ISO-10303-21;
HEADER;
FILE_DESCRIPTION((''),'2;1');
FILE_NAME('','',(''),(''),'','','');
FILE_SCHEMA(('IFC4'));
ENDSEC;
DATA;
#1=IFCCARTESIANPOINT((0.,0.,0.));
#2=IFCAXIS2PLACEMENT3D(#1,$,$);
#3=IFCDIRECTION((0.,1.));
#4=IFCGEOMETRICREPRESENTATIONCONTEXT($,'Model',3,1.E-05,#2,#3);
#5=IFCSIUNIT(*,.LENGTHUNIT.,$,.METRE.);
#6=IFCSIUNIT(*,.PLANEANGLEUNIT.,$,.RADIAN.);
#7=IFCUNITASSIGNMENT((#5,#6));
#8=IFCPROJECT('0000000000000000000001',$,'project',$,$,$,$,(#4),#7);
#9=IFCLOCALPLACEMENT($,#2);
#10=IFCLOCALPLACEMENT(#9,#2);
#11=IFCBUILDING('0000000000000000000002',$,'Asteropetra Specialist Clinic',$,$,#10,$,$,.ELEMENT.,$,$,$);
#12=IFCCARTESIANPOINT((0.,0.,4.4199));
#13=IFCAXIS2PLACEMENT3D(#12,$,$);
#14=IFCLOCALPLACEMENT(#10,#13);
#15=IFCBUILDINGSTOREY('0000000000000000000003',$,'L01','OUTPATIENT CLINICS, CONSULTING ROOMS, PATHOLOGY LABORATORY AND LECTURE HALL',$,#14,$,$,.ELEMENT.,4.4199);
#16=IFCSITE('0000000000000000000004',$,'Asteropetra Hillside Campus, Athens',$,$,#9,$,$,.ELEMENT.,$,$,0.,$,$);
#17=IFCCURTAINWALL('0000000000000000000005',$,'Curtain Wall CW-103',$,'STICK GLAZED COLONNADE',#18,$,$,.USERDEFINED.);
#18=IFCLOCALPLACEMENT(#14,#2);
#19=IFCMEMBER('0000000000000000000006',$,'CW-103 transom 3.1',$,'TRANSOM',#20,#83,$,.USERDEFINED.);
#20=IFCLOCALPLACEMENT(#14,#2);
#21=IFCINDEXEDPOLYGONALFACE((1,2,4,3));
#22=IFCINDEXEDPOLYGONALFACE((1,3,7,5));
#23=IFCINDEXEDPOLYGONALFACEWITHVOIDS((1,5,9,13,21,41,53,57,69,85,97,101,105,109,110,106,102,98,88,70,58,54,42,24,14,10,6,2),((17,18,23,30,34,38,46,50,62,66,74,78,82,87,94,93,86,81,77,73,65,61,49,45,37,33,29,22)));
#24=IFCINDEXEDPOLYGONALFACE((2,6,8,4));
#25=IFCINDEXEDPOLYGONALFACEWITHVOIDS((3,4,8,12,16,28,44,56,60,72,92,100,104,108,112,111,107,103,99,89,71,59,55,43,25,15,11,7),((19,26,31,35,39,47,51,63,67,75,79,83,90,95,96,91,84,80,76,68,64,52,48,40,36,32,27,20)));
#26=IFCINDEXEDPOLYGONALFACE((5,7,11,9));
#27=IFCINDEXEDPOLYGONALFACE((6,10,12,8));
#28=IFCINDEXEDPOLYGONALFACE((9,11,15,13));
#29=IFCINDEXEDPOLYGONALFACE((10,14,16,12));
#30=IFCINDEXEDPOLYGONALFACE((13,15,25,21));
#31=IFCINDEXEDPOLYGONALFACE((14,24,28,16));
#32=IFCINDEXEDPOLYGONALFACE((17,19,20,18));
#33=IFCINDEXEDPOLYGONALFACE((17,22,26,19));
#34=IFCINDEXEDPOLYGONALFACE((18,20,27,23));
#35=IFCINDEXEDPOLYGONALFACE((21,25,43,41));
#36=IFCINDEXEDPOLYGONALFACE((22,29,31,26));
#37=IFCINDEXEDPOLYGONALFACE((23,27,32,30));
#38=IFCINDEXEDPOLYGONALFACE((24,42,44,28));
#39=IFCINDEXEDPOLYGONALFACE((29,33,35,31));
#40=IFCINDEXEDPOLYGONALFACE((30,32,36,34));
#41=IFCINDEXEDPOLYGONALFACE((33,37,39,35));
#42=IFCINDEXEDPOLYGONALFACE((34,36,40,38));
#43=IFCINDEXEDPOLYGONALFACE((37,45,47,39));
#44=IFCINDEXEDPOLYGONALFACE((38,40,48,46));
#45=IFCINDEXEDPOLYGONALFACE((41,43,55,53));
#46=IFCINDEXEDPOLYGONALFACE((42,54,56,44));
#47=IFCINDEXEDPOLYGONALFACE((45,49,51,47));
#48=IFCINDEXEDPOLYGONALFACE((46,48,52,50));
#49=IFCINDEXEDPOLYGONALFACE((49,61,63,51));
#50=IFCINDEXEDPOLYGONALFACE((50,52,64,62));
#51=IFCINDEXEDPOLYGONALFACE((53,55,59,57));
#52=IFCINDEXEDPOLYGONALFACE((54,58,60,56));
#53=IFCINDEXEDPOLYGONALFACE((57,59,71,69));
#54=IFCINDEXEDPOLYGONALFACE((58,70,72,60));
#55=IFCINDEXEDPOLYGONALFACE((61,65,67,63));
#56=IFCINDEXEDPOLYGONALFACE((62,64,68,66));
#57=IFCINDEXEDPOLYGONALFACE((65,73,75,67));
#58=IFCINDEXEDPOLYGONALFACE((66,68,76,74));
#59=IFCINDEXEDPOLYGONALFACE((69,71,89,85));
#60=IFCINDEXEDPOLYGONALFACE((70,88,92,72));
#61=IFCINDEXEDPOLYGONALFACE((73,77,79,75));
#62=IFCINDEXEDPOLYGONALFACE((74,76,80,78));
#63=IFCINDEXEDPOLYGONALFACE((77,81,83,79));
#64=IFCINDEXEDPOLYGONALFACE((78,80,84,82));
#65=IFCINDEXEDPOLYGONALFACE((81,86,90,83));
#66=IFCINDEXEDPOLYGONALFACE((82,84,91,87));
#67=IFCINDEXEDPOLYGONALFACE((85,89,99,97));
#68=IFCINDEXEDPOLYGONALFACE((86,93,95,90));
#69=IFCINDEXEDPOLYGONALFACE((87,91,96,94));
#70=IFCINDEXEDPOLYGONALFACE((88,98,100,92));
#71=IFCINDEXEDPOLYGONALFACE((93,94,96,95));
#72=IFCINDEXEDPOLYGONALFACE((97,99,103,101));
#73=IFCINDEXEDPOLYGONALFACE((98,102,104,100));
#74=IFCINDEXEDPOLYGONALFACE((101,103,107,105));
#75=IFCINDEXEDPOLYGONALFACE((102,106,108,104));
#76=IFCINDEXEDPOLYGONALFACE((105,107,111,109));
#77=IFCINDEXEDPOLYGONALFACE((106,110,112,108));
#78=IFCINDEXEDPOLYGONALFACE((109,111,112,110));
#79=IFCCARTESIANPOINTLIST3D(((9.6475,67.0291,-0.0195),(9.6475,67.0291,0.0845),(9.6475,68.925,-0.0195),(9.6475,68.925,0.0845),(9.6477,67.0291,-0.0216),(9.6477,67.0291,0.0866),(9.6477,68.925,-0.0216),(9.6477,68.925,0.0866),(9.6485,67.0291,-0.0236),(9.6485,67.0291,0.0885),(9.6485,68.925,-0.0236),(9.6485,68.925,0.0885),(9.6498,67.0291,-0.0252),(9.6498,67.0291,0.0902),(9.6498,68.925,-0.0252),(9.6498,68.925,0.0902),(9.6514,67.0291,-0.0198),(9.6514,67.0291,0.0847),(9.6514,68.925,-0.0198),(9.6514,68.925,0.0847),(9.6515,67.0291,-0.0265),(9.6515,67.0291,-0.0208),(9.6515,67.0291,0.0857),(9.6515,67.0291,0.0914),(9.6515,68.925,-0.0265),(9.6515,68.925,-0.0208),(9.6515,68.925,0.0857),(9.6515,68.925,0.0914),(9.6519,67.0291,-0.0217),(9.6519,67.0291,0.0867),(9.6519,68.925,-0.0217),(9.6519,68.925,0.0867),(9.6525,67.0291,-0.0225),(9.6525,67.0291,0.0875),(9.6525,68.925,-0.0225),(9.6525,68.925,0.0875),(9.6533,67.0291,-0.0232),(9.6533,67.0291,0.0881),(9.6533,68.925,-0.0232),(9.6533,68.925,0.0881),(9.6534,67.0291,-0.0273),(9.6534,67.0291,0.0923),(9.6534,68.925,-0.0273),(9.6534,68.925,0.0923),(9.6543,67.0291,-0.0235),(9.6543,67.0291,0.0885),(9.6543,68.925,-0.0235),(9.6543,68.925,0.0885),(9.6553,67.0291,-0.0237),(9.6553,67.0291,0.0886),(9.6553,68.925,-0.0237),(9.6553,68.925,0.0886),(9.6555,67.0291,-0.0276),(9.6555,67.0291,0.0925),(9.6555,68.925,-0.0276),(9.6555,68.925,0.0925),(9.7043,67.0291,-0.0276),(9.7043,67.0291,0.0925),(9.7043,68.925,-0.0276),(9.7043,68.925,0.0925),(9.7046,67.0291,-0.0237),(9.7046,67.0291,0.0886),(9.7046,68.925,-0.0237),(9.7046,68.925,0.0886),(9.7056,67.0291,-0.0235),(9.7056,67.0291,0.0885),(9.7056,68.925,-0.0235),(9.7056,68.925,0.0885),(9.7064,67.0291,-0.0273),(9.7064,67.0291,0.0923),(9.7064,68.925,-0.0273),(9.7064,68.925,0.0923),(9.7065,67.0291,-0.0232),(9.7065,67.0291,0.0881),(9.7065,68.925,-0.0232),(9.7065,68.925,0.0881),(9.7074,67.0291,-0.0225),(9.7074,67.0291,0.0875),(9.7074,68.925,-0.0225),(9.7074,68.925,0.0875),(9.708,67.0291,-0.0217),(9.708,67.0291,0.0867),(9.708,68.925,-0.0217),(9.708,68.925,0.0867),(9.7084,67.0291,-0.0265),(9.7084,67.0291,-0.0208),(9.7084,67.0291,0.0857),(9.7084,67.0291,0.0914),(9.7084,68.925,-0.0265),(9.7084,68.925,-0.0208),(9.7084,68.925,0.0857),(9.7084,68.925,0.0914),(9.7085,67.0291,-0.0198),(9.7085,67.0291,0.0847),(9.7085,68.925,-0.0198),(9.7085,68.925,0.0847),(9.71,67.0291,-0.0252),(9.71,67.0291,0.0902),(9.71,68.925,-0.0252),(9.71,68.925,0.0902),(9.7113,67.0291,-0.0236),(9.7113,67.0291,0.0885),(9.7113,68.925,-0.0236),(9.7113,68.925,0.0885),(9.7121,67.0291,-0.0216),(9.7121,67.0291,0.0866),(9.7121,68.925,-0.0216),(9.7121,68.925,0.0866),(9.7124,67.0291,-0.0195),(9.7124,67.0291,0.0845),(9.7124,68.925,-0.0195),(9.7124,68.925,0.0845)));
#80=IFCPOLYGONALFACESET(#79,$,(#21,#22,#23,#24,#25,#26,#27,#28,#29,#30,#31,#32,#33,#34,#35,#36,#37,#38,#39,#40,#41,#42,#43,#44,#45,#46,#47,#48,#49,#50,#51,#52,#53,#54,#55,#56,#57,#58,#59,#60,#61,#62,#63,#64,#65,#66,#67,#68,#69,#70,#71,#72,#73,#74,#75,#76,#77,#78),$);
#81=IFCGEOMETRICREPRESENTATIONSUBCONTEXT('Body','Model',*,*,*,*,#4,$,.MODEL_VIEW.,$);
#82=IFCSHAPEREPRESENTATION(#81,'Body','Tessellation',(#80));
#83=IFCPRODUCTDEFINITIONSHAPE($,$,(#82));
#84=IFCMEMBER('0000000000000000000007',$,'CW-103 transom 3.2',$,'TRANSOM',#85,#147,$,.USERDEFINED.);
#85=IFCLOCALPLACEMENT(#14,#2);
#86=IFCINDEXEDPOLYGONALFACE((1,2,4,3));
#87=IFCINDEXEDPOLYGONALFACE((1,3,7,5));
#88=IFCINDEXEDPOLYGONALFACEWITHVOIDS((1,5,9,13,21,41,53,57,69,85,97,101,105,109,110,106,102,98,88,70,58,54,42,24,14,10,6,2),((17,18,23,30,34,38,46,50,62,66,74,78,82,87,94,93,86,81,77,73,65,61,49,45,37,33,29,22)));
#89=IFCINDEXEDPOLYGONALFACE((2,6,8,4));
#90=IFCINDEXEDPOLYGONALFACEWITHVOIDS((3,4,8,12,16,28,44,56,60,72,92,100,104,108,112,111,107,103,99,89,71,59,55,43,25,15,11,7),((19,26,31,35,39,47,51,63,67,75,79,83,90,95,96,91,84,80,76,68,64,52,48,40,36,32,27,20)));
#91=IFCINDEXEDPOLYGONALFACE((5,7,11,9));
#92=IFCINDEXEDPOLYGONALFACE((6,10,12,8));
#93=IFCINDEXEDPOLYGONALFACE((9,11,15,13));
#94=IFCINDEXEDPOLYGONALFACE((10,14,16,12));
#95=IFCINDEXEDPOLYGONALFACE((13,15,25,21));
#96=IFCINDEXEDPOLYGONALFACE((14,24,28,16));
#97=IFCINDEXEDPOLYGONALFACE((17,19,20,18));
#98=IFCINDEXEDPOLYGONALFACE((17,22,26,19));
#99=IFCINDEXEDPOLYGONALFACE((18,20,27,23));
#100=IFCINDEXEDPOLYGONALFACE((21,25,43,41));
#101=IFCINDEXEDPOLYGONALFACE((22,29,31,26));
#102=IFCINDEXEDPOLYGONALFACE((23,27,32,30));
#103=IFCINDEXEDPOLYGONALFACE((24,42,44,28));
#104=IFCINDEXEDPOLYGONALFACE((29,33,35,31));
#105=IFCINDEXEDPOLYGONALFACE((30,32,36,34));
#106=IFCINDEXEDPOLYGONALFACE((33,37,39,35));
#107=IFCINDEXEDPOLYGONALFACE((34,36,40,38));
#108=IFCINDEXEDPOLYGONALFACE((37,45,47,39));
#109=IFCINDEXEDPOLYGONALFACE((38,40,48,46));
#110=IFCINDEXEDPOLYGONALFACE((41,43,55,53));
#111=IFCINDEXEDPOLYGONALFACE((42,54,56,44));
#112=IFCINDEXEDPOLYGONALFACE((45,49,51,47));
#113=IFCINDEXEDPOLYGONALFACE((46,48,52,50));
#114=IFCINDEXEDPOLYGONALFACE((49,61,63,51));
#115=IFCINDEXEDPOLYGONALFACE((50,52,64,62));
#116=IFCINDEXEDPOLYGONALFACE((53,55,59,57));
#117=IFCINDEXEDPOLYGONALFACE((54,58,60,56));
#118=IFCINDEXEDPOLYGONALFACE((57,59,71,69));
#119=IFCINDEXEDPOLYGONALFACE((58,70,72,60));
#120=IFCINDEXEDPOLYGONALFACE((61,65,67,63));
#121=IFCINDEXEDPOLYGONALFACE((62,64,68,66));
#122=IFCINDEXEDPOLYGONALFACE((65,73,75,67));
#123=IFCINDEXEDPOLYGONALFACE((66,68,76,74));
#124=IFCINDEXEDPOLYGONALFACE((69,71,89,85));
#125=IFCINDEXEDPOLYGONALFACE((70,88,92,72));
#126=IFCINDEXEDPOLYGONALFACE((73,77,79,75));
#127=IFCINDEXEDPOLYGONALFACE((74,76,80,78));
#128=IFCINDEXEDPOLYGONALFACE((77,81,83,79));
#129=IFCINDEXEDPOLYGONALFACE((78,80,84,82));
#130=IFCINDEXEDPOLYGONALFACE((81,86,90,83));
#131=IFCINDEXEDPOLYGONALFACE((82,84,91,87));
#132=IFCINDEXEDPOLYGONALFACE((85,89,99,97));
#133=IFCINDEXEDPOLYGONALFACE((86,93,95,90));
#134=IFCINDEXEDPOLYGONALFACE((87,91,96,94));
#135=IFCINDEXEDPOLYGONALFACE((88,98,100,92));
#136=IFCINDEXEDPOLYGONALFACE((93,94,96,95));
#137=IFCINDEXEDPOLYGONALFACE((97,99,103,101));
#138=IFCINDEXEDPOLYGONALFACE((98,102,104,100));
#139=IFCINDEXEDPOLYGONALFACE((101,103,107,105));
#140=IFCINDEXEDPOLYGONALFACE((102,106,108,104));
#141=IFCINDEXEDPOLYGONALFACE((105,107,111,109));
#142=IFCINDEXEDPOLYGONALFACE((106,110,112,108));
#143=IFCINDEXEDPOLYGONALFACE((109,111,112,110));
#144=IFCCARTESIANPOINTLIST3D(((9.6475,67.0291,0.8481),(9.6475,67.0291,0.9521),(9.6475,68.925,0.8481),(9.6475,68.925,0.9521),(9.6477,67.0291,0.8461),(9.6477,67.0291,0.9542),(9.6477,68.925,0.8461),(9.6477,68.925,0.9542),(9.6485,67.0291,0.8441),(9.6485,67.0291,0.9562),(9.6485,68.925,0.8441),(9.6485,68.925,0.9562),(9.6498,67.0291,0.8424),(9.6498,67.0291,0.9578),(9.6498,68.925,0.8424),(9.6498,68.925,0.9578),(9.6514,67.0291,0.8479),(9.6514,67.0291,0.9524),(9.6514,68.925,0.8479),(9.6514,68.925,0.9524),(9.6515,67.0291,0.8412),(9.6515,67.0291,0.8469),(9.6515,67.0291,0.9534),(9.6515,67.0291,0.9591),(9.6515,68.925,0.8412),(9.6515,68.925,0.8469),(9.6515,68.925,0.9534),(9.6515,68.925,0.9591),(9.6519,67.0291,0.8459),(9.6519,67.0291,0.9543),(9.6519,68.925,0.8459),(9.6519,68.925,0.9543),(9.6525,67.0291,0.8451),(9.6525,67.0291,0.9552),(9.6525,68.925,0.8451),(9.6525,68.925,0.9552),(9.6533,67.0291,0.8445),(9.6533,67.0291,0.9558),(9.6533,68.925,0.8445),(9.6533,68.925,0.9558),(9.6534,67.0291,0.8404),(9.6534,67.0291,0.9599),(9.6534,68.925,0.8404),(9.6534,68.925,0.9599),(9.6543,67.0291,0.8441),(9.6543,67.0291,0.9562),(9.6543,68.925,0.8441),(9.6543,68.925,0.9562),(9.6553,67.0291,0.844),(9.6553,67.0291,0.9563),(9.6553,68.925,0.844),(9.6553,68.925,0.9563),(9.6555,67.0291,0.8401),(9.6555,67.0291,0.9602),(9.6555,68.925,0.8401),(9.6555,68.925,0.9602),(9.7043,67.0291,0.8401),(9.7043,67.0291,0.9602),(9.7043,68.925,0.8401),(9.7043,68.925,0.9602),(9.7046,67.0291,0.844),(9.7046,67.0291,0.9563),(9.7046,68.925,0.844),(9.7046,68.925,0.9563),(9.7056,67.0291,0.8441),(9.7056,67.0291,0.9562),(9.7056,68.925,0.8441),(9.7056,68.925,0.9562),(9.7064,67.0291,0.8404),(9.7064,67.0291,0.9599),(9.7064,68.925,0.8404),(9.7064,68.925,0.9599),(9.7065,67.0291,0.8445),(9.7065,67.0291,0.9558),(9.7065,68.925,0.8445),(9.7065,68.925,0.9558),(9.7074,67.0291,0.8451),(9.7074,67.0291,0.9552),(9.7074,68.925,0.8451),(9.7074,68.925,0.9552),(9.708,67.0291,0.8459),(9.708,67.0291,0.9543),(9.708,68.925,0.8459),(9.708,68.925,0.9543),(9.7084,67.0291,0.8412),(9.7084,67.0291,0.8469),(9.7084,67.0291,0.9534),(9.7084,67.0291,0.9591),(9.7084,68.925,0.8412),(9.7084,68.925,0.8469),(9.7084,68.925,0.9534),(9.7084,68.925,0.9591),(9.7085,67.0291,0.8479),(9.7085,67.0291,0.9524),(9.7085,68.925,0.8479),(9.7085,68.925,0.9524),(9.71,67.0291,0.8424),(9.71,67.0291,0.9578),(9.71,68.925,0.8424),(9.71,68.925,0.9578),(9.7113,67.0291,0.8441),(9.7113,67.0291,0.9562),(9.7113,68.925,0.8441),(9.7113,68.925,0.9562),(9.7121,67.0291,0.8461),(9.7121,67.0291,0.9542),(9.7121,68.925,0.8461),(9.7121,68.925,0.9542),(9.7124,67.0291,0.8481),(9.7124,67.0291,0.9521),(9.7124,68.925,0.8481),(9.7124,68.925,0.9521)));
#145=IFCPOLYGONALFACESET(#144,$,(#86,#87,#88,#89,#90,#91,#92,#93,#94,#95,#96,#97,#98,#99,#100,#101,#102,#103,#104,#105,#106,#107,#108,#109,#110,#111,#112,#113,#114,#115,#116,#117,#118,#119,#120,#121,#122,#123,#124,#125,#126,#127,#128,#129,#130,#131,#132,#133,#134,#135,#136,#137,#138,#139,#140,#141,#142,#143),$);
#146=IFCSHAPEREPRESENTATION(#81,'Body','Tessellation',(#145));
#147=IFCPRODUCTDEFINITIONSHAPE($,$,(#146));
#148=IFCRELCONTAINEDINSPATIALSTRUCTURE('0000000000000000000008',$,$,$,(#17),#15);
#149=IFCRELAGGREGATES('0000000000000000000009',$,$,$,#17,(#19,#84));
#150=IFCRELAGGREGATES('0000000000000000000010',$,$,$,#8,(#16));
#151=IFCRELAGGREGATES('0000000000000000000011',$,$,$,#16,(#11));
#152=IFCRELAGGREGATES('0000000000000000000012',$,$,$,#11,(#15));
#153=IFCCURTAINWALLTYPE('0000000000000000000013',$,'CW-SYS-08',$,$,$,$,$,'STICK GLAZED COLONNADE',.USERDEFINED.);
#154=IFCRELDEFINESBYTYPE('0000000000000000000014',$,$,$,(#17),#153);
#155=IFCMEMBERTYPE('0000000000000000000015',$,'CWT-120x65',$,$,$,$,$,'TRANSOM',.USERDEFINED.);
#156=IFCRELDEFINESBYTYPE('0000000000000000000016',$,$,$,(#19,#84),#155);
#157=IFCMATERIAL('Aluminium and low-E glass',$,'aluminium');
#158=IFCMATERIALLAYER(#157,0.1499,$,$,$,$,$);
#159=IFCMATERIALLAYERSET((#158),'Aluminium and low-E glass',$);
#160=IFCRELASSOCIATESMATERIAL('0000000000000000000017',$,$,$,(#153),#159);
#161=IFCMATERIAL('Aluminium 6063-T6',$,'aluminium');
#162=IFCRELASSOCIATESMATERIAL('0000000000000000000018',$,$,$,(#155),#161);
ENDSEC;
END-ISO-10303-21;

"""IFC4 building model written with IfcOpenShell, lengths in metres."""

from ifc_helpers import new_model, si_unit, direction, frame, origin, origin_2d, place, context, subcontext, project, spatial, hollow_rectangle, extrude, material, layer, layer_set, material_profile, profile_set, type_object, element, aggregate, save


model = new_model("IFC4")

# Units and contexts
model_context = context("Model", 3, precision=1e-05, world=origin(), true_north=direction((0.0, 1.0)))
body_context = subcontext(model_context, "Body", "Model", "MODEL_VIEW")
ifc_project = project(units=[si_unit("LENGTHUNIT", "METRE"), si_unit("PLANEANGLEUNIT", "RADIAN")], contexts=[model_context])

# Site, building, storey
site_placement = place(None, origin())
site = spatial("IfcSite", under=ifc_project, at=site_placement, Name="Asteropetra Hillside Campus, Athens", CompositionType="ELEMENT", RefElevation=0.0)
building_placement = place(site_placement, origin())
building = spatial("IfcBuilding", under=site, at=building_placement, Name="Asteropetra Specialist Clinic", CompositionType="ELEMENT")
storey_placement = place(building_placement, frame((0.0, 0.0, 4.4199)))
storey = spatial("IfcBuildingStorey", under=building, at=storey_placement, Name="L01", Description="OUTPATIENT CLINICS, CONSULTING ROOMS, PATHOLOGY LABORATORY AND LECTURE HALL", CompositionType="ELEMENT", Elevation=4.4199)

# Curtain wall, members
ifc_material_1 = material(Name="Aluminium and low-E glass", Category="aluminium")
ifc_layer_1 = layer(ifc_material_1, 0.1499)
ifc_layer_set_1 = layer_set([ifc_layer_1], Name="Aluminium and low-E glass")
curtain_wall_type = type_object("IfcCurtainWallType", Name="CW-SYS-08", ElementType="STICK GLAZED COLONNADE", PredefinedType="USERDEFINED", material=ifc_layer_set_1)
curtain_wall_placement = place(storey_placement, origin())
curtain_wall = element("IfcCurtainWall", 1, at=curtain_wall_placement, inside=storey, type_object=curtain_wall_type, Name="Curtain Wall CW-103", ObjectType="STICK GLAZED COLONNADE", PredefinedType="USERDEFINED")
ifc_material_2 = material(Name="Aluminium 6063-T6", Category="aluminium")
ifc_material_profile_1 = material_profile(ifc_material_2, hollow_rectangle(XDim=0.0649, YDim=0.1201, WallThickness=0.0039, InnerFilletRadius=0.0039, OuterFilletRadius=0.0081, at=origin_2d()), Name="TRN 120x65x4.0")
ifc_profile_set_1 = profile_set([ifc_material_profile_1], Name="Aluminium 6063-T6")
member_type_1 = type_object("IfcMemberType", Name="CWT-120x65", ElementType="TRANSOM", PredefinedType="USERDEFINED", material=ifc_profile_set_1)
member_1_placement = place(storey_placement, frame((9.6799, 67.0291, 0.0325), z_axis=(0.0, 1.0, 0.0), x_axis=(-1.0, 0.0, 0.0)))
member_1 = element("IfcMember", 2, at=member_1_placement, type_object=member_type_1, Name="CW-103 transom 3.1", ObjectType="TRANSOM", PredefinedType="USERDEFINED", context=body_context, shape_type="SweptSolid", body=[
    extrude(hollow_rectangle(XDim=0.0649, YDim=0.1201, WallThickness=0.0039, InnerFilletRadius=0.0039, OuterFilletRadius=0.0081, at=origin_2d()), origin(), (0.0, 0.0, 1.0), 1.896),
])
member_2_placement = place(storey_placement, frame((9.6799, 67.0291, 0.9001), z_axis=(0.0, 1.0, 0.0), x_axis=(-1.0, 0.0, 0.0)))
member_2 = element("IfcMember", 3, at=member_2_placement, type_object=member_type_1, Name="CW-103 transom 3.2", ObjectType="TRANSOM", PredefinedType="USERDEFINED", context=body_context, shape_type="SweptSolid", body=[
    extrude(hollow_rectangle(XDim=0.0649, YDim=0.1201, WallThickness=0.0039, InnerFilletRadius=0.0039, OuterFilletRadius=0.0081, at=origin_2d()), origin(), (0.0, 0.0, 1.0), 1.896),
])
aggregate(curtain_wall, [member_1, member_2])

save(model, "model.ifc")
